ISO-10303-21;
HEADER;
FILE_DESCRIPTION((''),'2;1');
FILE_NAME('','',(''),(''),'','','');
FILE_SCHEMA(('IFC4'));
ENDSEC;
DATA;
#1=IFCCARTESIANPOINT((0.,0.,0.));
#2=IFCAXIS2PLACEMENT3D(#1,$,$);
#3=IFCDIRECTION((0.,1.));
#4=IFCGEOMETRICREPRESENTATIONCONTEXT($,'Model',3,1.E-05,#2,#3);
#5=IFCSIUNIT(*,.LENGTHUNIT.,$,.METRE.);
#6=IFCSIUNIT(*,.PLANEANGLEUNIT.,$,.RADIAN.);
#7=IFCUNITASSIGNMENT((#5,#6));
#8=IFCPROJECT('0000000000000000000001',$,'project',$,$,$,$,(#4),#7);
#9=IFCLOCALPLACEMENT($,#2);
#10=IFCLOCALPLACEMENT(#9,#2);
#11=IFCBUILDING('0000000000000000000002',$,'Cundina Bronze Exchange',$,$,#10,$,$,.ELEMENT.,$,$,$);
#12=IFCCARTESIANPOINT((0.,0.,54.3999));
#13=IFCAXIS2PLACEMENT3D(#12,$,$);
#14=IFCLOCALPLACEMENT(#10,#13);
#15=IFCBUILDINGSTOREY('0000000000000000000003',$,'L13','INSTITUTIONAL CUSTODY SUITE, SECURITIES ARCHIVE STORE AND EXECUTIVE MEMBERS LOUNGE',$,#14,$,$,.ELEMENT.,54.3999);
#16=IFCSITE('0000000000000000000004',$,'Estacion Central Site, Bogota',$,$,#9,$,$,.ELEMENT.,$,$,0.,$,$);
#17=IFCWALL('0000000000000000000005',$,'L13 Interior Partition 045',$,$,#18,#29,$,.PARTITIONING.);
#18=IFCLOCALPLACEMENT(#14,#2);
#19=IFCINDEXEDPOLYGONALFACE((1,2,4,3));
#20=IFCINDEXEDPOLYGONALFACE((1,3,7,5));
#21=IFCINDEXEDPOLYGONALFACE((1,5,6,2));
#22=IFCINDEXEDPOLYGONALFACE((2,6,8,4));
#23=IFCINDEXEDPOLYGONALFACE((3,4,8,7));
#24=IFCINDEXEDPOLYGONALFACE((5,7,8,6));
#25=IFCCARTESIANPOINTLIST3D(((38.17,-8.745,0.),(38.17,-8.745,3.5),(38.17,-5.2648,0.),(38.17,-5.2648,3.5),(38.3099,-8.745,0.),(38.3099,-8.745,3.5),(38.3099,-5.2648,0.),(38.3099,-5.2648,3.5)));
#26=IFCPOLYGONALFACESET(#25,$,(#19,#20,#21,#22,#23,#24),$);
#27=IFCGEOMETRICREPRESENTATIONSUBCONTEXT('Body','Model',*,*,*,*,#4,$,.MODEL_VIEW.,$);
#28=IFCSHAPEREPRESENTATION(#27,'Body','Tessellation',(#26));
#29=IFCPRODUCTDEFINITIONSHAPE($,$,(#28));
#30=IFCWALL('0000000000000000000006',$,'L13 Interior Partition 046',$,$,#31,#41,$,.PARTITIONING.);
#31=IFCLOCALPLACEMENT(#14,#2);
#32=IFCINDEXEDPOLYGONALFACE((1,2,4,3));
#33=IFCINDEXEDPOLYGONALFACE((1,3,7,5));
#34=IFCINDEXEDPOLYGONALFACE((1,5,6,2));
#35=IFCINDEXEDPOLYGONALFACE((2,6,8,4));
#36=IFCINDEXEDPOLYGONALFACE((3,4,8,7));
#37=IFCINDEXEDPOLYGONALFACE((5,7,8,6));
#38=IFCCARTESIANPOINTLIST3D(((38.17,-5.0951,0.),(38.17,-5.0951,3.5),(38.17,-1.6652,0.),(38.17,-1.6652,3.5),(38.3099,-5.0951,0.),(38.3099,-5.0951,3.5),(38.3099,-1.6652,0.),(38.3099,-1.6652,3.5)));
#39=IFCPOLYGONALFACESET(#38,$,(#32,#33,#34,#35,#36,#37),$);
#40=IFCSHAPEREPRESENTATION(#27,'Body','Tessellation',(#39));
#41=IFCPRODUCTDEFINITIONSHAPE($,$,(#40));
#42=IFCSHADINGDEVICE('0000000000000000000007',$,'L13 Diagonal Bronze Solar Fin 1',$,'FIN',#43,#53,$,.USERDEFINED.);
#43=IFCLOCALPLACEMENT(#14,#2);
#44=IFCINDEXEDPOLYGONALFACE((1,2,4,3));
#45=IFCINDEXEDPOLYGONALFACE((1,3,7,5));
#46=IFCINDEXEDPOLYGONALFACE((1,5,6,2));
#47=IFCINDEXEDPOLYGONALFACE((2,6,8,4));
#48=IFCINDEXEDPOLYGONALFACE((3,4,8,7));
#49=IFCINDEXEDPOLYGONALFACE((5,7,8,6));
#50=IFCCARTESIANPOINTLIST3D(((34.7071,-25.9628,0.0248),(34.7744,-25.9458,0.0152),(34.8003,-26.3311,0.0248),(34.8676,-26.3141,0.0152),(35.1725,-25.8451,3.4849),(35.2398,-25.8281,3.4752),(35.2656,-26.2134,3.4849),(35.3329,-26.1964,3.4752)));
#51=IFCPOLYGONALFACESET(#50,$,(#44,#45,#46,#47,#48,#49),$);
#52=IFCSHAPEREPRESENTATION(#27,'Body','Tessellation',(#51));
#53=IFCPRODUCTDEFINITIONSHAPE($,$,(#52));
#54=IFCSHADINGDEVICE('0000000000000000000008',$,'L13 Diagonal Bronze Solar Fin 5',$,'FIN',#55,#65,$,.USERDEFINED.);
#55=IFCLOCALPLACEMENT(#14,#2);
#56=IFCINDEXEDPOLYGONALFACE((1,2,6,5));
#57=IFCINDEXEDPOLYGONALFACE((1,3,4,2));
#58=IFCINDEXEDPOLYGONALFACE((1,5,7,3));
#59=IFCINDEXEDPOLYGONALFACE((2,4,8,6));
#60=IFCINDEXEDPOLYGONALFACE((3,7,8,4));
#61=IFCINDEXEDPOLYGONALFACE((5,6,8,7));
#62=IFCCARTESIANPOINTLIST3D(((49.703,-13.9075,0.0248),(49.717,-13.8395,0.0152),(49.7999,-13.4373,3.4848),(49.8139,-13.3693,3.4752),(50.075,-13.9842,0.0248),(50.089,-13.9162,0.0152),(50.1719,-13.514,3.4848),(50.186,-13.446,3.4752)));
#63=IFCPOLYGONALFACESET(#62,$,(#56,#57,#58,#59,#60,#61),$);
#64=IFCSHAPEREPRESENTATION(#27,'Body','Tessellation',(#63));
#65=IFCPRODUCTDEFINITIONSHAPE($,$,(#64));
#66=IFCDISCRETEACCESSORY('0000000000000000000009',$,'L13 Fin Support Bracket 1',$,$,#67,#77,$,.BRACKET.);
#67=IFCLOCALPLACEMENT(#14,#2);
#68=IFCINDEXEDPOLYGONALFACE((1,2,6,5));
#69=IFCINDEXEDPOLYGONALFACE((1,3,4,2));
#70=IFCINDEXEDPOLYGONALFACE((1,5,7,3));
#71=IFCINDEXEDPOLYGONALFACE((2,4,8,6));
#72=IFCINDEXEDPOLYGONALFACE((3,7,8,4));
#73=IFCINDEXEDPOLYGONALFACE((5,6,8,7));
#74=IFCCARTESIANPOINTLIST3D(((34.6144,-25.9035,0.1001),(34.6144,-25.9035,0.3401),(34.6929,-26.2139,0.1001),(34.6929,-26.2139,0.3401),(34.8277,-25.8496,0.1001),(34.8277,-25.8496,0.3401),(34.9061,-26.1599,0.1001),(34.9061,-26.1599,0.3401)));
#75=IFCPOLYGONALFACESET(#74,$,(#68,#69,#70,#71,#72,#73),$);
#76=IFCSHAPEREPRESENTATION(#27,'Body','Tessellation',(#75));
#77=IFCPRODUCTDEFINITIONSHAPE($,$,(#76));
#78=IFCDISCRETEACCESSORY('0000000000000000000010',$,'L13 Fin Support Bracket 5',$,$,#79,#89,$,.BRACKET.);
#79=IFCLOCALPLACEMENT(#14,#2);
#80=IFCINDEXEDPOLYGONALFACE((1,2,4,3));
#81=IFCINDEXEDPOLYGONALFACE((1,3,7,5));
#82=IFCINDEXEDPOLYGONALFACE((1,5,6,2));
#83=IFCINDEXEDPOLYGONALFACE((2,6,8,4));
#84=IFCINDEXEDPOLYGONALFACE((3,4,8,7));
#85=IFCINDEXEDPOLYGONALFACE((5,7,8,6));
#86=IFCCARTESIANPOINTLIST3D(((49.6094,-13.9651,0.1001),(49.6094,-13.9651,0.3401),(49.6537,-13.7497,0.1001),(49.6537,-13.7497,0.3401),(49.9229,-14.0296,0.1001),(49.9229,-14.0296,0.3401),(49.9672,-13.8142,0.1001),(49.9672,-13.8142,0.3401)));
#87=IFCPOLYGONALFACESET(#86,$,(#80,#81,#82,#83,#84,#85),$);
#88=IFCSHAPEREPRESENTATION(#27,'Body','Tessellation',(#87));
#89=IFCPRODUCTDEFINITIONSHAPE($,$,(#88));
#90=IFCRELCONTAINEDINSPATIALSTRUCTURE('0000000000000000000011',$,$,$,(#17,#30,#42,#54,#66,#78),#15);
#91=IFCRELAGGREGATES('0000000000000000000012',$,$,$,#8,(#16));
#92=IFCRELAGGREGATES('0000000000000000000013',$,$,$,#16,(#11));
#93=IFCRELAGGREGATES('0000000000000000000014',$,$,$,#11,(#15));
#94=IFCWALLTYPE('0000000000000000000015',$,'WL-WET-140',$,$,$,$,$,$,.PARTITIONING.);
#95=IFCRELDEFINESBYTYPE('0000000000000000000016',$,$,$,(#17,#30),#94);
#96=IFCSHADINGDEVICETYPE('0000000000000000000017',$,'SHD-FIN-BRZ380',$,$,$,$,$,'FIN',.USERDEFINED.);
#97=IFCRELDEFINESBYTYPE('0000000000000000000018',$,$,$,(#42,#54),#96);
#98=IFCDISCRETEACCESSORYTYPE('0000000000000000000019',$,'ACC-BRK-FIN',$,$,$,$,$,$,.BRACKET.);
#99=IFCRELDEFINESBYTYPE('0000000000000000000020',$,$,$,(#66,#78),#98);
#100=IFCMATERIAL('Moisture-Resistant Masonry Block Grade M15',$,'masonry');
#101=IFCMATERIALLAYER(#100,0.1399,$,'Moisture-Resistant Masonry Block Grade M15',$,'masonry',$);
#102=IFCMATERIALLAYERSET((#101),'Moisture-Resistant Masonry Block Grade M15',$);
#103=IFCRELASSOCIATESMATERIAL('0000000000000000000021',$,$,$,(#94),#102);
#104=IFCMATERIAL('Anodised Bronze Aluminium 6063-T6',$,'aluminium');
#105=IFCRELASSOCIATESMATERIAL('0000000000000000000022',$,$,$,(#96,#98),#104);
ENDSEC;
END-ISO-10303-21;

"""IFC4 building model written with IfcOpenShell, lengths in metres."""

from ifc_helpers import new_model, si_unit, direction, frame, frame_2d, origin, origin_2d, place, context, subcontext, project, spatial, rectangle, extrude, material, layer, layer_set, material_profile, profile_set, type_object, element, save


model = new_model("IFC4")

# Units and contexts
model_context = context("Model", 3, precision=1e-05, world=origin(), true_north=direction((0.0, 1.0)))
body_context = subcontext(model_context, "Body", "Model", "MODEL_VIEW")
ifc_project = project(units=[si_unit("LENGTHUNIT", "METRE"), si_unit("PLANEANGLEUNIT", "RADIAN")], contexts=[model_context])

# Site, building, storey
site_placement = place(None, origin())
site = spatial("IfcSite", under=ifc_project, at=site_placement, Name="Estacion Central Site, Bogota", CompositionType="ELEMENT", RefElevation=0.0)
building_placement = place(site_placement, origin())
building = spatial("IfcBuilding", under=site, at=building_placement, Name="Cundina Bronze Exchange", CompositionType="ELEMENT")
storey_placement = place(building_placement, frame((0.0, 0.0, 54.3999)))
storey = spatial("IfcBuildingStorey", under=building, at=storey_placement, Name="L13", Description="INSTITUTIONAL CUSTODY SUITE, SECURITIES ARCHIVE STORE AND EXECUTIVE MEMBERS LOUNGE", CompositionType="ELEMENT", Elevation=54.3999)

# Shared definitions
ifc_material_1 = material(Name="Anodised Bronze Aluminium 6063-T6", Category="aluminium")

# Walls
ifc_material_2 = material(Name="Moisture-Resistant Masonry Block Grade M15", Category="masonry")
ifc_layer_1 = layer(ifc_material_2, 0.1399, Name="Moisture-Resistant Masonry Block Grade M15", Category="masonry")
ifc_layer_set_1 = layer_set([ifc_layer_1], Name="Moisture-Resistant Masonry Block Grade M15")
wall_type_1 = type_object("IfcWallType", Name="WL-WET-140", PredefinedType="PARTITIONING", material=ifc_layer_set_1)
wall_1_placement = place(storey_placement, frame((38.24, -8.7451, 0.0), z_axis=(0.0, 0.0, 1.0), x_axis=(0.0, 1.0, 0.0)))
element("IfcWall", 1, at=wall_1_placement, inside=storey, type_object=wall_type_1, Name="L13 Interior Partition 045", PredefinedType="PARTITIONING", context=body_context, shape_type="SweptSolid", body=[
    extrude(rectangle(XDim=3.4802, YDim=0.1399, at=frame_2d((1.7402, 0.0))), origin(), (0.0, 0.0, 1.0), 3.5),
])
wall_2_placement = place(storey_placement, frame((38.24, -5.095, 0.0), z_axis=(0.0, 0.0, 1.0), x_axis=(0.0, 1.0, 0.0)))
element("IfcWall", 2, at=wall_2_placement, inside=storey, type_object=wall_type_1, Name="L13 Interior Partition 046", PredefinedType="PARTITIONING", context=body_context, shape_type="SweptSolid", body=[
    extrude(rectangle(XDim=3.4299, YDim=0.1399, at=frame_2d((1.7148, 0.0))), origin(), (0.0, 0.0, 1.0), 3.5),
])

# Shading devices
ifc_material_profile_1 = material_profile(ifc_material_1, rectangle(XDim=0.0701, YDim=0.3799, at=origin_2d()), Name="FIN70X380", Category="aluminium")
ifc_profile_set_1 = profile_set([ifc_material_profile_1], Name="Anodised Bronze Aluminium 6063-T6")
shading_device_type = type_object("IfcShadingDeviceType", Name="SHD-FIN-BRZ380", ElementType="FIN", PredefinedType="USERDEFINED", material=ifc_profile_set_1)
for number, where, z_axis, x_axis, name in (
    (3, (34.7874, -26.1384, 0.02), (0.133215, 0.033688, 0.990514), (-0.960285, -0.242842, 0.137408), "L13 Diagonal Bronze Solar Fin 1"),
    (4, (49.896, -13.9119, 0.02), (0.027747, 0.134612, 0.99051), (-0.199967, -0.970115, 0.137442), "L13 Diagonal Bronze Solar Fin 5"),
):
    element("IfcShadingDevice", number, at=place(storey_placement, frame(where, z_axis=z_axis, x_axis=x_axis)), inside=storey, type_object=shading_device_type, Name=name, ObjectType="FIN", PredefinedType="USERDEFINED", context=body_context, shape_type="SweptSolid", body=[
        extrude(rectangle(XDim=0.0701, YDim=0.3799, at=origin_2d()), origin(), (0.0, 0.0, 1.0), 3.4932),
    ])

# Discrete accessories
discrete_accessory_type = type_object("IfcDiscreteAccessoryType", Name="ACC-BRK-FIN", PredefinedType="BRACKET", material=ifc_material_1)
for number, where, z_axis, x_axis, name in (
    (5, (34.7603, -26.0317, 0.1001), (0.0, 0.0, 1.0), (0.969488, 0.245138, 0.0), "L13 Fin Support Bracket 1"),
    (6, (49.7883, -13.8896, 0.1001), (0.0, 0.0, 1.0), (0.20142, 0.979505, 0.0), "L13 Fin Support Bracket 5"),
):
    element("IfcDiscreteAccessory", number, at=place(storey_placement, frame(where, z_axis=z_axis, x_axis=x_axis)), inside=storey, type_object=discrete_accessory_type, Name=name, PredefinedType="BRACKET", context=body_context, shape_type="SweptSolid", body=[
        extrude(rectangle(XDim=0.22, YDim=0.3201, at=origin_2d()), origin(), (0.0, 0.0, 1.0), 0.24),
    ])

save(model, "model.ifc")
